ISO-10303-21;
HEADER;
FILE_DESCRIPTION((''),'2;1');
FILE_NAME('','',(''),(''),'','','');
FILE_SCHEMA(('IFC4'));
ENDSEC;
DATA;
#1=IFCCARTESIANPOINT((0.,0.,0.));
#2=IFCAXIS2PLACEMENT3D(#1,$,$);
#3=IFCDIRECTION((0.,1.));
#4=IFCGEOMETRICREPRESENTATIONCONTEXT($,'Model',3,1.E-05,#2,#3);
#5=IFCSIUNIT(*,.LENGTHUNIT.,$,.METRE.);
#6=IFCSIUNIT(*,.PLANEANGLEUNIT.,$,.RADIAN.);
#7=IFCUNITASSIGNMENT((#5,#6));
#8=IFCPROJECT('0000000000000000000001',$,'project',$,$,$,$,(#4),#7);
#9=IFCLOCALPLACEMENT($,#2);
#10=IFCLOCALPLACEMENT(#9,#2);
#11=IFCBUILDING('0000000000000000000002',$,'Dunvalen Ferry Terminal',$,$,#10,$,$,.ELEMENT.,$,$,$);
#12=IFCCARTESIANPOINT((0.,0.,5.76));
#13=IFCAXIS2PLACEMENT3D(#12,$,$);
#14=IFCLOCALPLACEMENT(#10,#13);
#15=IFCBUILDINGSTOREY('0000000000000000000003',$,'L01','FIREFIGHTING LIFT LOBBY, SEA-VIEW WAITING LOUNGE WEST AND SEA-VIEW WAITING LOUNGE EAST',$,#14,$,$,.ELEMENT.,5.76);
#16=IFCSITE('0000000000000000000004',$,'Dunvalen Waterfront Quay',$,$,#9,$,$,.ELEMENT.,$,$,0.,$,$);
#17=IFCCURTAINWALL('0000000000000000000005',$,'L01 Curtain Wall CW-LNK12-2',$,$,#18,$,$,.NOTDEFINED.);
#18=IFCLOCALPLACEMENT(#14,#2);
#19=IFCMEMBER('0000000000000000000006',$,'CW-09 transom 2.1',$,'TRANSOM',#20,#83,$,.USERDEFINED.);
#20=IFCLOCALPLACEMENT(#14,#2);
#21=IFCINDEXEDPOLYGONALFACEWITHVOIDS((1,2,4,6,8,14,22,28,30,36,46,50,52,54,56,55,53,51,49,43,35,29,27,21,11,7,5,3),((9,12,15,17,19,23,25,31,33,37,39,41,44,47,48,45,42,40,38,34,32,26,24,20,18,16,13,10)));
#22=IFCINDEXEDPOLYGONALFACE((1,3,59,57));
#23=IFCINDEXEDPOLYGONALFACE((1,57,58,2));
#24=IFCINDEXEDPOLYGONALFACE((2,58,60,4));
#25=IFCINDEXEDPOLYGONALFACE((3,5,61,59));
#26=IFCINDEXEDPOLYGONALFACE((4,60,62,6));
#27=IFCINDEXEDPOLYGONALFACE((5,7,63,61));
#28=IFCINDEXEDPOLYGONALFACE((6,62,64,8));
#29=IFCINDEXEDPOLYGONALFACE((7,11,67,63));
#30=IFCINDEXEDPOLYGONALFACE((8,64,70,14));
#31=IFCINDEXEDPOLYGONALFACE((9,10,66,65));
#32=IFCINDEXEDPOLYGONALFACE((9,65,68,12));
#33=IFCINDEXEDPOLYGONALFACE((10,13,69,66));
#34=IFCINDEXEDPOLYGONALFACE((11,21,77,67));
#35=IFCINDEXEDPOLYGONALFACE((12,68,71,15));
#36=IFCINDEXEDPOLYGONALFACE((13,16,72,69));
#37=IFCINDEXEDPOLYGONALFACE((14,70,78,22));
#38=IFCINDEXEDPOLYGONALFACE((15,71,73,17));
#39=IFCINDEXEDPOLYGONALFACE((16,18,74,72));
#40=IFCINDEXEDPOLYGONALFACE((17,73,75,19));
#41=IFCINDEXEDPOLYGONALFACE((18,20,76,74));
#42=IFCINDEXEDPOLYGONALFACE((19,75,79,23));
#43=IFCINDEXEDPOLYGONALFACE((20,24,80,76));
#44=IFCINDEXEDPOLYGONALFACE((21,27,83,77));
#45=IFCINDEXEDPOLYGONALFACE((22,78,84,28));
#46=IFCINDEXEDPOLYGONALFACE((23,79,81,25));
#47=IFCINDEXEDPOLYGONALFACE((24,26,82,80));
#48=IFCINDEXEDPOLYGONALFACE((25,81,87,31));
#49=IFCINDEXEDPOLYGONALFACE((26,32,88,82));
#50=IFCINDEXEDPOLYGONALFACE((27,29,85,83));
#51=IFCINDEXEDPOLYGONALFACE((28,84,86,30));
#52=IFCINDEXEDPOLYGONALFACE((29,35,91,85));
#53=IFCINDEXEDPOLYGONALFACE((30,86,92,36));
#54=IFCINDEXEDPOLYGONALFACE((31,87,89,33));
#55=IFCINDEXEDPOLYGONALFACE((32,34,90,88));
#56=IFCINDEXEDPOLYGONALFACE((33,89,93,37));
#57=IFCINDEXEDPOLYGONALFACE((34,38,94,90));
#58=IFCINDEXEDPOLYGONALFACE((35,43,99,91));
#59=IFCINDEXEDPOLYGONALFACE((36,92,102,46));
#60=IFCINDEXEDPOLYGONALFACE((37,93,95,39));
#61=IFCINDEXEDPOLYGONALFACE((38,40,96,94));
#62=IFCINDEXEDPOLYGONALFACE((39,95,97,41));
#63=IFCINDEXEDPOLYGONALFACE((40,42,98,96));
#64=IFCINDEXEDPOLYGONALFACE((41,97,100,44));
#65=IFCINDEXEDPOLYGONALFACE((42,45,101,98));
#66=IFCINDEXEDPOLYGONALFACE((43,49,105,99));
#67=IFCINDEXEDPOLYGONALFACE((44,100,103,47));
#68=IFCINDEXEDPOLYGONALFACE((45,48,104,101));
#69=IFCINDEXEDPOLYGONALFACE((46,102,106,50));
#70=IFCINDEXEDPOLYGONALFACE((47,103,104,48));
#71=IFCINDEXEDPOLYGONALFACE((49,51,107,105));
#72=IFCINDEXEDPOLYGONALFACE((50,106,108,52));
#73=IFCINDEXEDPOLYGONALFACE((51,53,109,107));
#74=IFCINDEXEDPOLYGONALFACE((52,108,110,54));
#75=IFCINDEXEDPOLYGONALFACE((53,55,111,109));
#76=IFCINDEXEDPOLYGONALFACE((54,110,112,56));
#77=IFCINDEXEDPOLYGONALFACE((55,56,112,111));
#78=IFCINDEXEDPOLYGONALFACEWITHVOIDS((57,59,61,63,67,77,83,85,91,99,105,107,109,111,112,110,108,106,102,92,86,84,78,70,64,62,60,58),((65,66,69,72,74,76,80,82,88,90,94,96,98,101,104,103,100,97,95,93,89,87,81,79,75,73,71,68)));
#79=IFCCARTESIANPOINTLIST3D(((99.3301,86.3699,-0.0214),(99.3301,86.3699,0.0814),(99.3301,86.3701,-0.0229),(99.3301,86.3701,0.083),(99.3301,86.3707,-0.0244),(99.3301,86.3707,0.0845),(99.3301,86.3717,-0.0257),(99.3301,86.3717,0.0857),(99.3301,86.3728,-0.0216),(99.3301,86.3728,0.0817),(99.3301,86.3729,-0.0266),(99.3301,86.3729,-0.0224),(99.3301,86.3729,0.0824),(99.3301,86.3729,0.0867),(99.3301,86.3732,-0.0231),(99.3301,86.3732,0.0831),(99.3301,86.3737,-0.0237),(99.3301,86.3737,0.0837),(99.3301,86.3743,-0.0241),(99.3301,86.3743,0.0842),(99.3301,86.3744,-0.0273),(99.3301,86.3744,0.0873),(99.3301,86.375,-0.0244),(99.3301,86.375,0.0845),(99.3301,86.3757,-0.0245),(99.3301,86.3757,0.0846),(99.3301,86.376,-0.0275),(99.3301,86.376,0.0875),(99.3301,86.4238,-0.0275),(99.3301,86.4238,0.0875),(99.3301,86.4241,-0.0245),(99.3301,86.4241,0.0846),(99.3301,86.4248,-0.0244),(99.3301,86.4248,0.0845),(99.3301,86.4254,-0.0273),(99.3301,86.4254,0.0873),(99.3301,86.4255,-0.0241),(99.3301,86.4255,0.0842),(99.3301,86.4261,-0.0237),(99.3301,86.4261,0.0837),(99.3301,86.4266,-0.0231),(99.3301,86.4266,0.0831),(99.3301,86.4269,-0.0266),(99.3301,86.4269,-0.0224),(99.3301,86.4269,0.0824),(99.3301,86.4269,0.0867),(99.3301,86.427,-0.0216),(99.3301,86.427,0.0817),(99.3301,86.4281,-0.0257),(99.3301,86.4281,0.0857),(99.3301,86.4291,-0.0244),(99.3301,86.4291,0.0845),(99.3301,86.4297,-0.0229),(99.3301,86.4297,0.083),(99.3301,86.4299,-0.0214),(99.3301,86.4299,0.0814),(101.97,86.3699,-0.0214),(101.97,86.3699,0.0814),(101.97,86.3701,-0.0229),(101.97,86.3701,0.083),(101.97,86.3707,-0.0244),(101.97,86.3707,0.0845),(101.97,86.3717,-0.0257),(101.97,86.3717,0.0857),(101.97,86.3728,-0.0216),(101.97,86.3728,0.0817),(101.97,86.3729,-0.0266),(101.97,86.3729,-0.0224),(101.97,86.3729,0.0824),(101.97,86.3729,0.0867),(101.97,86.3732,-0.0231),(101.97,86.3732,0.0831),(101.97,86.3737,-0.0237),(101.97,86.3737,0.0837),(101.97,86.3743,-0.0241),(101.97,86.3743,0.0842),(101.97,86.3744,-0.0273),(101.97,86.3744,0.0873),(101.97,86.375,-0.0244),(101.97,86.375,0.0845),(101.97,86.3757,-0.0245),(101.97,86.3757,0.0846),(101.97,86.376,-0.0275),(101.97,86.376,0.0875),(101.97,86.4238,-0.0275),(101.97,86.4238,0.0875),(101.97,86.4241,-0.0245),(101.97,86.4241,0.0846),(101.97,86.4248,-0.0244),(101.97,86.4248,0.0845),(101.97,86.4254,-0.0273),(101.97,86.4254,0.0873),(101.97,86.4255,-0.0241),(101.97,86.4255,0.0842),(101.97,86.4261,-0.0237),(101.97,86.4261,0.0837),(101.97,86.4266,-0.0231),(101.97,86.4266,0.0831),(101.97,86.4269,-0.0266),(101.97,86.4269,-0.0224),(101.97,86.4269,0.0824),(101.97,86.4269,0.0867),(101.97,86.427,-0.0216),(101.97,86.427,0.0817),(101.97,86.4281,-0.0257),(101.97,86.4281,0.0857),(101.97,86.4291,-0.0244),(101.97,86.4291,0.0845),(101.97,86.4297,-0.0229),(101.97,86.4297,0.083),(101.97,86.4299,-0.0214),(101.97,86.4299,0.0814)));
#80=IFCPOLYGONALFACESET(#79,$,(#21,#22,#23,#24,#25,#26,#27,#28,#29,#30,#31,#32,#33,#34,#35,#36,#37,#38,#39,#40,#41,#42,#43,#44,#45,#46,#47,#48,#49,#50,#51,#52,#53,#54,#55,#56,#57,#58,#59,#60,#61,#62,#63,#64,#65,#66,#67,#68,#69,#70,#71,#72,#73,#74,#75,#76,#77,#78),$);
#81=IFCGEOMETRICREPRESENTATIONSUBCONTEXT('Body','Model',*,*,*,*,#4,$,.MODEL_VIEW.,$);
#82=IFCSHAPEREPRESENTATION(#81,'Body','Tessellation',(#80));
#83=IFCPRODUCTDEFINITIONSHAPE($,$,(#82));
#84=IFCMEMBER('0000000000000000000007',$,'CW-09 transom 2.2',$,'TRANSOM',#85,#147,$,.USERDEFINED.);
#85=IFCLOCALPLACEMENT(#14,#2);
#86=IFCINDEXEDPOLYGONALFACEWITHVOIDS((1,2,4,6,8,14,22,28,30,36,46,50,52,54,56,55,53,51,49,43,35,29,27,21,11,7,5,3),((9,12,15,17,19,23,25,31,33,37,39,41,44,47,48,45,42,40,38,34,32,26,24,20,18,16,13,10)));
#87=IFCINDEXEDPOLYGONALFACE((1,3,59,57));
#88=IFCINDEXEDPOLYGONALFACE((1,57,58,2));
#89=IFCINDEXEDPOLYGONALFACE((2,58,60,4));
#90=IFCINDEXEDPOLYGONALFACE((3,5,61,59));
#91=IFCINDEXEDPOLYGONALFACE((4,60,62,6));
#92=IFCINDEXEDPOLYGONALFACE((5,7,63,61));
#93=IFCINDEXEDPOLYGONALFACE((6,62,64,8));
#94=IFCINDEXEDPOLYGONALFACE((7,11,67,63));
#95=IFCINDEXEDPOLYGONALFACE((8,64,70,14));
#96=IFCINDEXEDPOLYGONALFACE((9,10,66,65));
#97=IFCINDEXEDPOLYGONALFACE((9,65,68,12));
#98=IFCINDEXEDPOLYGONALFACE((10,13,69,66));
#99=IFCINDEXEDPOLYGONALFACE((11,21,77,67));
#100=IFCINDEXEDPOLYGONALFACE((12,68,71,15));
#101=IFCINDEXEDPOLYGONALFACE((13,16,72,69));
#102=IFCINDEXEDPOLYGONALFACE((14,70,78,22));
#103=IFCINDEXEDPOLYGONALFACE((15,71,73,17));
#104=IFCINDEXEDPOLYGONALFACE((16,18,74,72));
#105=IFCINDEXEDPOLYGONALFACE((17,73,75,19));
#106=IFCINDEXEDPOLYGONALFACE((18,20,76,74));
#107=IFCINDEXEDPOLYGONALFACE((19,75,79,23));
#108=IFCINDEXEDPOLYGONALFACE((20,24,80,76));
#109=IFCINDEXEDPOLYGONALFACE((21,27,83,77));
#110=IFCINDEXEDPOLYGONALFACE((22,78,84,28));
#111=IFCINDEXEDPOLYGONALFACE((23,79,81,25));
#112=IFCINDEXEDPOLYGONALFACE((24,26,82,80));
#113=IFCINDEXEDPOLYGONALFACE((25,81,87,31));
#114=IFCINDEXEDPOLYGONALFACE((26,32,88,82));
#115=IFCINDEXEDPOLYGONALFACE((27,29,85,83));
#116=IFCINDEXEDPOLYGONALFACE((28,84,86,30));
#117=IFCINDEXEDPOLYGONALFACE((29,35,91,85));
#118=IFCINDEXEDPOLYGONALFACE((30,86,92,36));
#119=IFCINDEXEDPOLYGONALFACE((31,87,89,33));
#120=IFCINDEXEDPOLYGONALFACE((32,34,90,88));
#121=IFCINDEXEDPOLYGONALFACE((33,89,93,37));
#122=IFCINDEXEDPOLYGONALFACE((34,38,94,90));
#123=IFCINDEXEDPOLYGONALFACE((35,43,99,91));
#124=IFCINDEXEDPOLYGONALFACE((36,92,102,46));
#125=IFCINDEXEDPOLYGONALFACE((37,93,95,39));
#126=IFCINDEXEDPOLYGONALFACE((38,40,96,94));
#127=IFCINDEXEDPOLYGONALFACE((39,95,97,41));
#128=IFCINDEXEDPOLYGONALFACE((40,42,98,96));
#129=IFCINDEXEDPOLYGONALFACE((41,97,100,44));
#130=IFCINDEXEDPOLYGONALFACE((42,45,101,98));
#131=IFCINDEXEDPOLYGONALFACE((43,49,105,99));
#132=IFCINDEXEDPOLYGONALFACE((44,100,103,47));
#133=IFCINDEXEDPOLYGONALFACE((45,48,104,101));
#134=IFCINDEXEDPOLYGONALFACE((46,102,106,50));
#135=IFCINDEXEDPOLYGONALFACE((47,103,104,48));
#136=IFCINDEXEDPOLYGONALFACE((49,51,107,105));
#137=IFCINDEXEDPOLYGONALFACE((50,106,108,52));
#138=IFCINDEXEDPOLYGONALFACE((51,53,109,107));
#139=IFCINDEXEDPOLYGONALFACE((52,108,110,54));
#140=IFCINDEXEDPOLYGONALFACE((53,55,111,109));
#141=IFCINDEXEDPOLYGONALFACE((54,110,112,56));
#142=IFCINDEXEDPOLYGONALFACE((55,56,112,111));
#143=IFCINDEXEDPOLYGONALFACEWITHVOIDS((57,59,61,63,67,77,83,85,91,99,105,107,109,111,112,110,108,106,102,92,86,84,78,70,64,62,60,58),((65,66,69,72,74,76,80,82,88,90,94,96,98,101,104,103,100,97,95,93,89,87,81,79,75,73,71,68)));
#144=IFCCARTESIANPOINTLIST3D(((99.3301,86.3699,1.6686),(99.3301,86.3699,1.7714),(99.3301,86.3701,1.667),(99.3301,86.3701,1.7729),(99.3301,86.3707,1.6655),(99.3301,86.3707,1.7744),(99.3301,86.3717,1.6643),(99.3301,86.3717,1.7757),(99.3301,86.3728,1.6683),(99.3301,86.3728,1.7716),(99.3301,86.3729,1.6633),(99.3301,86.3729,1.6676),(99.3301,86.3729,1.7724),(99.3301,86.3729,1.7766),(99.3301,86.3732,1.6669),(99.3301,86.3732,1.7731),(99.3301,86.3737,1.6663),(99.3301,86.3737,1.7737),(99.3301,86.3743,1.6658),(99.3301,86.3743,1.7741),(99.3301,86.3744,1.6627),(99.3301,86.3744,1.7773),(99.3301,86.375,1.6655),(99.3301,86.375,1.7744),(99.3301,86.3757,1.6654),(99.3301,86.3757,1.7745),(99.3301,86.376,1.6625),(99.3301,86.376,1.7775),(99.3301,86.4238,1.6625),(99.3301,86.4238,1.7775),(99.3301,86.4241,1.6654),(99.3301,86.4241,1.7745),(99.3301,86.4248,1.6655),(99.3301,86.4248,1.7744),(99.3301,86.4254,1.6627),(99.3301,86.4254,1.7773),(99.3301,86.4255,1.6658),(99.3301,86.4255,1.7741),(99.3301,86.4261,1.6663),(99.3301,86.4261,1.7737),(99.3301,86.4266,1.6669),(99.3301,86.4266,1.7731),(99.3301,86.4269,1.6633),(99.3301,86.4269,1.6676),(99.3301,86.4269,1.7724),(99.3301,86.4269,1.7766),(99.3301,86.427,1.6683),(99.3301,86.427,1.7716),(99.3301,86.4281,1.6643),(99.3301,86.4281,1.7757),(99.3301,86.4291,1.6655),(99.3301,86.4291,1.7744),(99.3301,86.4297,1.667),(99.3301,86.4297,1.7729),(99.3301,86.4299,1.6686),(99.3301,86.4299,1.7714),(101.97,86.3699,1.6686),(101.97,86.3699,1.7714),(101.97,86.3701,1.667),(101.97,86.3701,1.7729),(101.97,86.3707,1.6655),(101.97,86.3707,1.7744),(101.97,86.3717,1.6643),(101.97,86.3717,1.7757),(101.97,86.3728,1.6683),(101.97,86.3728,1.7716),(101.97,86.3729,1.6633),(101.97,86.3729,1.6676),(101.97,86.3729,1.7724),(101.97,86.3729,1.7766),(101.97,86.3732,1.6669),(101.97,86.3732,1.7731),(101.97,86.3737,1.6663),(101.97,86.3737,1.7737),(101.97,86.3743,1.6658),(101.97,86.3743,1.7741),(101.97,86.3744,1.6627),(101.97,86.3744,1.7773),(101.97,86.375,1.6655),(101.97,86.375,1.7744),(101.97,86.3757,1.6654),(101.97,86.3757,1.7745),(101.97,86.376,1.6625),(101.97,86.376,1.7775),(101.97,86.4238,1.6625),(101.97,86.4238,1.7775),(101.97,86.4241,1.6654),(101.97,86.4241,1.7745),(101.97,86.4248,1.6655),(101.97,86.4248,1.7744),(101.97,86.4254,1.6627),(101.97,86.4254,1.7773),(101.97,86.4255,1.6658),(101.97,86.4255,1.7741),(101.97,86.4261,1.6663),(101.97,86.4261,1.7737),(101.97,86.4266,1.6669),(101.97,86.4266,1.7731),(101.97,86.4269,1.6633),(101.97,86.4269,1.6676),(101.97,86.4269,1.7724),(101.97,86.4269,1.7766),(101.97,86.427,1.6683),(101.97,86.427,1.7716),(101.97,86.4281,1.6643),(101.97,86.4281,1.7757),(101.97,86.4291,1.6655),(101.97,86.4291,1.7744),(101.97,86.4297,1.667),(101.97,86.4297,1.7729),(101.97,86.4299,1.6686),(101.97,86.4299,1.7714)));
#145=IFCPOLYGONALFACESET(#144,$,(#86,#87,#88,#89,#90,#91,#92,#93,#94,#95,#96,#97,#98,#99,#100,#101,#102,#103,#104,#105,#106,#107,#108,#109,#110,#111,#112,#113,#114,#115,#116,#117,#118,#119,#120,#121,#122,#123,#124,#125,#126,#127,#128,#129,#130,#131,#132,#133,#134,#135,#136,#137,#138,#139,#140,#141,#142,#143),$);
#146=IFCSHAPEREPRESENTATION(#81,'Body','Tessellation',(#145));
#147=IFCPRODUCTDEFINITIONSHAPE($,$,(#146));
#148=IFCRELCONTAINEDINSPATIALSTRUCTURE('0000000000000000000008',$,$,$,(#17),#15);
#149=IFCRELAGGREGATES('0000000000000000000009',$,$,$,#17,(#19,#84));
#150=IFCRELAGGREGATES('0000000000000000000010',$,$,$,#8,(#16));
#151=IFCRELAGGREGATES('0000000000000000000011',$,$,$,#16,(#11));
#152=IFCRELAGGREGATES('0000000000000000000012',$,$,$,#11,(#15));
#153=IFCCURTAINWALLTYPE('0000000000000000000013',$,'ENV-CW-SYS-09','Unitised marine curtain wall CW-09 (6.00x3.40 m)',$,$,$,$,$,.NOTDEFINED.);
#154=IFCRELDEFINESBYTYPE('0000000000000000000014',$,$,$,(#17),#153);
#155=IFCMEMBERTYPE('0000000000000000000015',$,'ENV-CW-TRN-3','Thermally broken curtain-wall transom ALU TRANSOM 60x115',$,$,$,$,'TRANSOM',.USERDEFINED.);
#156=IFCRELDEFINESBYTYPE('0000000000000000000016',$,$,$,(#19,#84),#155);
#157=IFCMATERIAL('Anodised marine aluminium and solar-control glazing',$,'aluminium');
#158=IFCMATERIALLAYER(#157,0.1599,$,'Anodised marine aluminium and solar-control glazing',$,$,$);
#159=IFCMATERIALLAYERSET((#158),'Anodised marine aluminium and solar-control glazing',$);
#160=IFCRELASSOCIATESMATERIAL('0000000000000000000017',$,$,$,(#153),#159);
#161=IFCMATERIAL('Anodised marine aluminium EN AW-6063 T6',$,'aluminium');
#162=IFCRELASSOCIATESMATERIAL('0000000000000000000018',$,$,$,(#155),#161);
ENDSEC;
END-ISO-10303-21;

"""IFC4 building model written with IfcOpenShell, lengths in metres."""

from ifc_helpers import new_model, si_unit, direction, frame, origin, origin_2d, place, context, subcontext, project, spatial, hollow_rectangle, extrude, material, layer, layer_set, material_profile, profile_set, type_object, element, aggregate, save


model = new_model("IFC4")

# Units and contexts
model_context = context("Model", 3, precision=1e-05, world=origin(), true_north=direction((0.0, 1.0)))
body_context = subcontext(model_context, "Body", "Model", "MODEL_VIEW")
ifc_project = project(units=[si_unit("LENGTHUNIT", "METRE"), si_unit("PLANEANGLEUNIT", "RADIAN")], contexts=[model_context])

# Site, building, storey
site_placement = place(None, origin())
site = spatial("IfcSite", under=ifc_project, at=site_placement, Name="Dunvalen Waterfront Quay", CompositionType="ELEMENT", RefElevation=0.0)
building_placement = place(site_placement, origin())
building = spatial("IfcBuilding", under=site, at=building_placement, Name="Dunvalen Ferry Terminal", CompositionType="ELEMENT")
storey_placement = place(building_placement, frame((0.0, 0.0, 5.76)))
storey = spatial("IfcBuildingStorey", under=building, at=storey_placement, Name="L01", Description="FIREFIGHTING LIFT LOBBY, SEA-VIEW WAITING LOUNGE WEST AND SEA-VIEW WAITING LOUNGE EAST", CompositionType="ELEMENT", Elevation=5.76)

# Curtain wall, members
ifc_material_1 = material(Name="Anodised marine aluminium and solar-control glazing", Category="aluminium")
ifc_layer_1 = layer(ifc_material_1, 0.1599, Name="Anodised marine aluminium and solar-control glazing")
ifc_layer_set_1 = layer_set([ifc_layer_1], Name="Anodised marine aluminium and solar-control glazing")
curtain_wall_type = type_object("IfcCurtainWallType", Name="ENV-CW-SYS-09", Description="Unitised marine curtain wall CW-09 (6.00x3.40 m)", PredefinedType="NOTDEFINED", material=ifc_layer_set_1)
curtain_wall_placement = place(storey_placement, origin())
curtain_wall = element("IfcCurtainWall", 1, at=curtain_wall_placement, inside=storey, type_object=curtain_wall_type, Name="L01 Curtain Wall CW-LNK12-2", PredefinedType="NOTDEFINED")
ifc_material_2 = material(Name="Anodised marine aluminium EN AW-6063 T6", Category="aluminium")
ifc_material_profile_1 = material_profile(ifc_material_2, hollow_rectangle(XDim=0.0601, YDim=0.115, WallThickness=0.0029, InnerFilletRadius=0.0029, OuterFilletRadius=0.0061, at=origin_2d()), Name="Anodised marine aluminium EN AW-6063 T6")
ifc_profile_set_1 = profile_set([ifc_material_profile_1], Name="Anodised marine aluminium EN AW-6063 T6")
member_type_1 = type_object("IfcMemberType", Name="ENV-CW-TRN-3", Description="Thermally broken curtain-wall transom ALU TRANSOM 60x115", ElementType="TRANSOM", PredefinedType="USERDEFINED", material=ifc_profile_set_1)
member_1_placement = place(storey_placement, frame((99.3301, 86.3999, 0.03), z_axis=(1.0, 0.0, 0.0), x_axis=(0.0, 1.0, 0.0)))
member_1 = element("IfcMember", 2, at=member_1_placement, type_object=member_type_1, Name="CW-09 transom 2.1", ObjectType="TRANSOM", PredefinedType="USERDEFINED", context=body_context, shape_type="SweptSolid", body=[
    extrude(hollow_rectangle(XDim=0.0601, YDim=0.115, WallThickness=0.0029, InnerFilletRadius=0.0029, OuterFilletRadius=0.0061, at=origin_2d()), origin(), (0.0, 0.0, 1.0), 2.6399),
])
member_2_placement = place(storey_placement, frame((99.3301, 86.3999, 1.72), z_axis=(1.0, 0.0, 0.0), x_axis=(0.0, 1.0, 0.0)))
member_2 = element("IfcMember", 3, at=member_2_placement, type_object=member_type_1, Name="CW-09 transom 2.2", ObjectType="TRANSOM", PredefinedType="USERDEFINED", context=body_context, shape_type="SweptSolid", body=[
    extrude(hollow_rectangle(XDim=0.0601, YDim=0.115, WallThickness=0.0029, InnerFilletRadius=0.0029, OuterFilletRadius=0.0061, at=origin_2d()), origin(), (0.0, 0.0, 1.0), 2.6399),
])
aggregate(curtain_wall, [member_1, member_2])

save(model, "model.ifc")
